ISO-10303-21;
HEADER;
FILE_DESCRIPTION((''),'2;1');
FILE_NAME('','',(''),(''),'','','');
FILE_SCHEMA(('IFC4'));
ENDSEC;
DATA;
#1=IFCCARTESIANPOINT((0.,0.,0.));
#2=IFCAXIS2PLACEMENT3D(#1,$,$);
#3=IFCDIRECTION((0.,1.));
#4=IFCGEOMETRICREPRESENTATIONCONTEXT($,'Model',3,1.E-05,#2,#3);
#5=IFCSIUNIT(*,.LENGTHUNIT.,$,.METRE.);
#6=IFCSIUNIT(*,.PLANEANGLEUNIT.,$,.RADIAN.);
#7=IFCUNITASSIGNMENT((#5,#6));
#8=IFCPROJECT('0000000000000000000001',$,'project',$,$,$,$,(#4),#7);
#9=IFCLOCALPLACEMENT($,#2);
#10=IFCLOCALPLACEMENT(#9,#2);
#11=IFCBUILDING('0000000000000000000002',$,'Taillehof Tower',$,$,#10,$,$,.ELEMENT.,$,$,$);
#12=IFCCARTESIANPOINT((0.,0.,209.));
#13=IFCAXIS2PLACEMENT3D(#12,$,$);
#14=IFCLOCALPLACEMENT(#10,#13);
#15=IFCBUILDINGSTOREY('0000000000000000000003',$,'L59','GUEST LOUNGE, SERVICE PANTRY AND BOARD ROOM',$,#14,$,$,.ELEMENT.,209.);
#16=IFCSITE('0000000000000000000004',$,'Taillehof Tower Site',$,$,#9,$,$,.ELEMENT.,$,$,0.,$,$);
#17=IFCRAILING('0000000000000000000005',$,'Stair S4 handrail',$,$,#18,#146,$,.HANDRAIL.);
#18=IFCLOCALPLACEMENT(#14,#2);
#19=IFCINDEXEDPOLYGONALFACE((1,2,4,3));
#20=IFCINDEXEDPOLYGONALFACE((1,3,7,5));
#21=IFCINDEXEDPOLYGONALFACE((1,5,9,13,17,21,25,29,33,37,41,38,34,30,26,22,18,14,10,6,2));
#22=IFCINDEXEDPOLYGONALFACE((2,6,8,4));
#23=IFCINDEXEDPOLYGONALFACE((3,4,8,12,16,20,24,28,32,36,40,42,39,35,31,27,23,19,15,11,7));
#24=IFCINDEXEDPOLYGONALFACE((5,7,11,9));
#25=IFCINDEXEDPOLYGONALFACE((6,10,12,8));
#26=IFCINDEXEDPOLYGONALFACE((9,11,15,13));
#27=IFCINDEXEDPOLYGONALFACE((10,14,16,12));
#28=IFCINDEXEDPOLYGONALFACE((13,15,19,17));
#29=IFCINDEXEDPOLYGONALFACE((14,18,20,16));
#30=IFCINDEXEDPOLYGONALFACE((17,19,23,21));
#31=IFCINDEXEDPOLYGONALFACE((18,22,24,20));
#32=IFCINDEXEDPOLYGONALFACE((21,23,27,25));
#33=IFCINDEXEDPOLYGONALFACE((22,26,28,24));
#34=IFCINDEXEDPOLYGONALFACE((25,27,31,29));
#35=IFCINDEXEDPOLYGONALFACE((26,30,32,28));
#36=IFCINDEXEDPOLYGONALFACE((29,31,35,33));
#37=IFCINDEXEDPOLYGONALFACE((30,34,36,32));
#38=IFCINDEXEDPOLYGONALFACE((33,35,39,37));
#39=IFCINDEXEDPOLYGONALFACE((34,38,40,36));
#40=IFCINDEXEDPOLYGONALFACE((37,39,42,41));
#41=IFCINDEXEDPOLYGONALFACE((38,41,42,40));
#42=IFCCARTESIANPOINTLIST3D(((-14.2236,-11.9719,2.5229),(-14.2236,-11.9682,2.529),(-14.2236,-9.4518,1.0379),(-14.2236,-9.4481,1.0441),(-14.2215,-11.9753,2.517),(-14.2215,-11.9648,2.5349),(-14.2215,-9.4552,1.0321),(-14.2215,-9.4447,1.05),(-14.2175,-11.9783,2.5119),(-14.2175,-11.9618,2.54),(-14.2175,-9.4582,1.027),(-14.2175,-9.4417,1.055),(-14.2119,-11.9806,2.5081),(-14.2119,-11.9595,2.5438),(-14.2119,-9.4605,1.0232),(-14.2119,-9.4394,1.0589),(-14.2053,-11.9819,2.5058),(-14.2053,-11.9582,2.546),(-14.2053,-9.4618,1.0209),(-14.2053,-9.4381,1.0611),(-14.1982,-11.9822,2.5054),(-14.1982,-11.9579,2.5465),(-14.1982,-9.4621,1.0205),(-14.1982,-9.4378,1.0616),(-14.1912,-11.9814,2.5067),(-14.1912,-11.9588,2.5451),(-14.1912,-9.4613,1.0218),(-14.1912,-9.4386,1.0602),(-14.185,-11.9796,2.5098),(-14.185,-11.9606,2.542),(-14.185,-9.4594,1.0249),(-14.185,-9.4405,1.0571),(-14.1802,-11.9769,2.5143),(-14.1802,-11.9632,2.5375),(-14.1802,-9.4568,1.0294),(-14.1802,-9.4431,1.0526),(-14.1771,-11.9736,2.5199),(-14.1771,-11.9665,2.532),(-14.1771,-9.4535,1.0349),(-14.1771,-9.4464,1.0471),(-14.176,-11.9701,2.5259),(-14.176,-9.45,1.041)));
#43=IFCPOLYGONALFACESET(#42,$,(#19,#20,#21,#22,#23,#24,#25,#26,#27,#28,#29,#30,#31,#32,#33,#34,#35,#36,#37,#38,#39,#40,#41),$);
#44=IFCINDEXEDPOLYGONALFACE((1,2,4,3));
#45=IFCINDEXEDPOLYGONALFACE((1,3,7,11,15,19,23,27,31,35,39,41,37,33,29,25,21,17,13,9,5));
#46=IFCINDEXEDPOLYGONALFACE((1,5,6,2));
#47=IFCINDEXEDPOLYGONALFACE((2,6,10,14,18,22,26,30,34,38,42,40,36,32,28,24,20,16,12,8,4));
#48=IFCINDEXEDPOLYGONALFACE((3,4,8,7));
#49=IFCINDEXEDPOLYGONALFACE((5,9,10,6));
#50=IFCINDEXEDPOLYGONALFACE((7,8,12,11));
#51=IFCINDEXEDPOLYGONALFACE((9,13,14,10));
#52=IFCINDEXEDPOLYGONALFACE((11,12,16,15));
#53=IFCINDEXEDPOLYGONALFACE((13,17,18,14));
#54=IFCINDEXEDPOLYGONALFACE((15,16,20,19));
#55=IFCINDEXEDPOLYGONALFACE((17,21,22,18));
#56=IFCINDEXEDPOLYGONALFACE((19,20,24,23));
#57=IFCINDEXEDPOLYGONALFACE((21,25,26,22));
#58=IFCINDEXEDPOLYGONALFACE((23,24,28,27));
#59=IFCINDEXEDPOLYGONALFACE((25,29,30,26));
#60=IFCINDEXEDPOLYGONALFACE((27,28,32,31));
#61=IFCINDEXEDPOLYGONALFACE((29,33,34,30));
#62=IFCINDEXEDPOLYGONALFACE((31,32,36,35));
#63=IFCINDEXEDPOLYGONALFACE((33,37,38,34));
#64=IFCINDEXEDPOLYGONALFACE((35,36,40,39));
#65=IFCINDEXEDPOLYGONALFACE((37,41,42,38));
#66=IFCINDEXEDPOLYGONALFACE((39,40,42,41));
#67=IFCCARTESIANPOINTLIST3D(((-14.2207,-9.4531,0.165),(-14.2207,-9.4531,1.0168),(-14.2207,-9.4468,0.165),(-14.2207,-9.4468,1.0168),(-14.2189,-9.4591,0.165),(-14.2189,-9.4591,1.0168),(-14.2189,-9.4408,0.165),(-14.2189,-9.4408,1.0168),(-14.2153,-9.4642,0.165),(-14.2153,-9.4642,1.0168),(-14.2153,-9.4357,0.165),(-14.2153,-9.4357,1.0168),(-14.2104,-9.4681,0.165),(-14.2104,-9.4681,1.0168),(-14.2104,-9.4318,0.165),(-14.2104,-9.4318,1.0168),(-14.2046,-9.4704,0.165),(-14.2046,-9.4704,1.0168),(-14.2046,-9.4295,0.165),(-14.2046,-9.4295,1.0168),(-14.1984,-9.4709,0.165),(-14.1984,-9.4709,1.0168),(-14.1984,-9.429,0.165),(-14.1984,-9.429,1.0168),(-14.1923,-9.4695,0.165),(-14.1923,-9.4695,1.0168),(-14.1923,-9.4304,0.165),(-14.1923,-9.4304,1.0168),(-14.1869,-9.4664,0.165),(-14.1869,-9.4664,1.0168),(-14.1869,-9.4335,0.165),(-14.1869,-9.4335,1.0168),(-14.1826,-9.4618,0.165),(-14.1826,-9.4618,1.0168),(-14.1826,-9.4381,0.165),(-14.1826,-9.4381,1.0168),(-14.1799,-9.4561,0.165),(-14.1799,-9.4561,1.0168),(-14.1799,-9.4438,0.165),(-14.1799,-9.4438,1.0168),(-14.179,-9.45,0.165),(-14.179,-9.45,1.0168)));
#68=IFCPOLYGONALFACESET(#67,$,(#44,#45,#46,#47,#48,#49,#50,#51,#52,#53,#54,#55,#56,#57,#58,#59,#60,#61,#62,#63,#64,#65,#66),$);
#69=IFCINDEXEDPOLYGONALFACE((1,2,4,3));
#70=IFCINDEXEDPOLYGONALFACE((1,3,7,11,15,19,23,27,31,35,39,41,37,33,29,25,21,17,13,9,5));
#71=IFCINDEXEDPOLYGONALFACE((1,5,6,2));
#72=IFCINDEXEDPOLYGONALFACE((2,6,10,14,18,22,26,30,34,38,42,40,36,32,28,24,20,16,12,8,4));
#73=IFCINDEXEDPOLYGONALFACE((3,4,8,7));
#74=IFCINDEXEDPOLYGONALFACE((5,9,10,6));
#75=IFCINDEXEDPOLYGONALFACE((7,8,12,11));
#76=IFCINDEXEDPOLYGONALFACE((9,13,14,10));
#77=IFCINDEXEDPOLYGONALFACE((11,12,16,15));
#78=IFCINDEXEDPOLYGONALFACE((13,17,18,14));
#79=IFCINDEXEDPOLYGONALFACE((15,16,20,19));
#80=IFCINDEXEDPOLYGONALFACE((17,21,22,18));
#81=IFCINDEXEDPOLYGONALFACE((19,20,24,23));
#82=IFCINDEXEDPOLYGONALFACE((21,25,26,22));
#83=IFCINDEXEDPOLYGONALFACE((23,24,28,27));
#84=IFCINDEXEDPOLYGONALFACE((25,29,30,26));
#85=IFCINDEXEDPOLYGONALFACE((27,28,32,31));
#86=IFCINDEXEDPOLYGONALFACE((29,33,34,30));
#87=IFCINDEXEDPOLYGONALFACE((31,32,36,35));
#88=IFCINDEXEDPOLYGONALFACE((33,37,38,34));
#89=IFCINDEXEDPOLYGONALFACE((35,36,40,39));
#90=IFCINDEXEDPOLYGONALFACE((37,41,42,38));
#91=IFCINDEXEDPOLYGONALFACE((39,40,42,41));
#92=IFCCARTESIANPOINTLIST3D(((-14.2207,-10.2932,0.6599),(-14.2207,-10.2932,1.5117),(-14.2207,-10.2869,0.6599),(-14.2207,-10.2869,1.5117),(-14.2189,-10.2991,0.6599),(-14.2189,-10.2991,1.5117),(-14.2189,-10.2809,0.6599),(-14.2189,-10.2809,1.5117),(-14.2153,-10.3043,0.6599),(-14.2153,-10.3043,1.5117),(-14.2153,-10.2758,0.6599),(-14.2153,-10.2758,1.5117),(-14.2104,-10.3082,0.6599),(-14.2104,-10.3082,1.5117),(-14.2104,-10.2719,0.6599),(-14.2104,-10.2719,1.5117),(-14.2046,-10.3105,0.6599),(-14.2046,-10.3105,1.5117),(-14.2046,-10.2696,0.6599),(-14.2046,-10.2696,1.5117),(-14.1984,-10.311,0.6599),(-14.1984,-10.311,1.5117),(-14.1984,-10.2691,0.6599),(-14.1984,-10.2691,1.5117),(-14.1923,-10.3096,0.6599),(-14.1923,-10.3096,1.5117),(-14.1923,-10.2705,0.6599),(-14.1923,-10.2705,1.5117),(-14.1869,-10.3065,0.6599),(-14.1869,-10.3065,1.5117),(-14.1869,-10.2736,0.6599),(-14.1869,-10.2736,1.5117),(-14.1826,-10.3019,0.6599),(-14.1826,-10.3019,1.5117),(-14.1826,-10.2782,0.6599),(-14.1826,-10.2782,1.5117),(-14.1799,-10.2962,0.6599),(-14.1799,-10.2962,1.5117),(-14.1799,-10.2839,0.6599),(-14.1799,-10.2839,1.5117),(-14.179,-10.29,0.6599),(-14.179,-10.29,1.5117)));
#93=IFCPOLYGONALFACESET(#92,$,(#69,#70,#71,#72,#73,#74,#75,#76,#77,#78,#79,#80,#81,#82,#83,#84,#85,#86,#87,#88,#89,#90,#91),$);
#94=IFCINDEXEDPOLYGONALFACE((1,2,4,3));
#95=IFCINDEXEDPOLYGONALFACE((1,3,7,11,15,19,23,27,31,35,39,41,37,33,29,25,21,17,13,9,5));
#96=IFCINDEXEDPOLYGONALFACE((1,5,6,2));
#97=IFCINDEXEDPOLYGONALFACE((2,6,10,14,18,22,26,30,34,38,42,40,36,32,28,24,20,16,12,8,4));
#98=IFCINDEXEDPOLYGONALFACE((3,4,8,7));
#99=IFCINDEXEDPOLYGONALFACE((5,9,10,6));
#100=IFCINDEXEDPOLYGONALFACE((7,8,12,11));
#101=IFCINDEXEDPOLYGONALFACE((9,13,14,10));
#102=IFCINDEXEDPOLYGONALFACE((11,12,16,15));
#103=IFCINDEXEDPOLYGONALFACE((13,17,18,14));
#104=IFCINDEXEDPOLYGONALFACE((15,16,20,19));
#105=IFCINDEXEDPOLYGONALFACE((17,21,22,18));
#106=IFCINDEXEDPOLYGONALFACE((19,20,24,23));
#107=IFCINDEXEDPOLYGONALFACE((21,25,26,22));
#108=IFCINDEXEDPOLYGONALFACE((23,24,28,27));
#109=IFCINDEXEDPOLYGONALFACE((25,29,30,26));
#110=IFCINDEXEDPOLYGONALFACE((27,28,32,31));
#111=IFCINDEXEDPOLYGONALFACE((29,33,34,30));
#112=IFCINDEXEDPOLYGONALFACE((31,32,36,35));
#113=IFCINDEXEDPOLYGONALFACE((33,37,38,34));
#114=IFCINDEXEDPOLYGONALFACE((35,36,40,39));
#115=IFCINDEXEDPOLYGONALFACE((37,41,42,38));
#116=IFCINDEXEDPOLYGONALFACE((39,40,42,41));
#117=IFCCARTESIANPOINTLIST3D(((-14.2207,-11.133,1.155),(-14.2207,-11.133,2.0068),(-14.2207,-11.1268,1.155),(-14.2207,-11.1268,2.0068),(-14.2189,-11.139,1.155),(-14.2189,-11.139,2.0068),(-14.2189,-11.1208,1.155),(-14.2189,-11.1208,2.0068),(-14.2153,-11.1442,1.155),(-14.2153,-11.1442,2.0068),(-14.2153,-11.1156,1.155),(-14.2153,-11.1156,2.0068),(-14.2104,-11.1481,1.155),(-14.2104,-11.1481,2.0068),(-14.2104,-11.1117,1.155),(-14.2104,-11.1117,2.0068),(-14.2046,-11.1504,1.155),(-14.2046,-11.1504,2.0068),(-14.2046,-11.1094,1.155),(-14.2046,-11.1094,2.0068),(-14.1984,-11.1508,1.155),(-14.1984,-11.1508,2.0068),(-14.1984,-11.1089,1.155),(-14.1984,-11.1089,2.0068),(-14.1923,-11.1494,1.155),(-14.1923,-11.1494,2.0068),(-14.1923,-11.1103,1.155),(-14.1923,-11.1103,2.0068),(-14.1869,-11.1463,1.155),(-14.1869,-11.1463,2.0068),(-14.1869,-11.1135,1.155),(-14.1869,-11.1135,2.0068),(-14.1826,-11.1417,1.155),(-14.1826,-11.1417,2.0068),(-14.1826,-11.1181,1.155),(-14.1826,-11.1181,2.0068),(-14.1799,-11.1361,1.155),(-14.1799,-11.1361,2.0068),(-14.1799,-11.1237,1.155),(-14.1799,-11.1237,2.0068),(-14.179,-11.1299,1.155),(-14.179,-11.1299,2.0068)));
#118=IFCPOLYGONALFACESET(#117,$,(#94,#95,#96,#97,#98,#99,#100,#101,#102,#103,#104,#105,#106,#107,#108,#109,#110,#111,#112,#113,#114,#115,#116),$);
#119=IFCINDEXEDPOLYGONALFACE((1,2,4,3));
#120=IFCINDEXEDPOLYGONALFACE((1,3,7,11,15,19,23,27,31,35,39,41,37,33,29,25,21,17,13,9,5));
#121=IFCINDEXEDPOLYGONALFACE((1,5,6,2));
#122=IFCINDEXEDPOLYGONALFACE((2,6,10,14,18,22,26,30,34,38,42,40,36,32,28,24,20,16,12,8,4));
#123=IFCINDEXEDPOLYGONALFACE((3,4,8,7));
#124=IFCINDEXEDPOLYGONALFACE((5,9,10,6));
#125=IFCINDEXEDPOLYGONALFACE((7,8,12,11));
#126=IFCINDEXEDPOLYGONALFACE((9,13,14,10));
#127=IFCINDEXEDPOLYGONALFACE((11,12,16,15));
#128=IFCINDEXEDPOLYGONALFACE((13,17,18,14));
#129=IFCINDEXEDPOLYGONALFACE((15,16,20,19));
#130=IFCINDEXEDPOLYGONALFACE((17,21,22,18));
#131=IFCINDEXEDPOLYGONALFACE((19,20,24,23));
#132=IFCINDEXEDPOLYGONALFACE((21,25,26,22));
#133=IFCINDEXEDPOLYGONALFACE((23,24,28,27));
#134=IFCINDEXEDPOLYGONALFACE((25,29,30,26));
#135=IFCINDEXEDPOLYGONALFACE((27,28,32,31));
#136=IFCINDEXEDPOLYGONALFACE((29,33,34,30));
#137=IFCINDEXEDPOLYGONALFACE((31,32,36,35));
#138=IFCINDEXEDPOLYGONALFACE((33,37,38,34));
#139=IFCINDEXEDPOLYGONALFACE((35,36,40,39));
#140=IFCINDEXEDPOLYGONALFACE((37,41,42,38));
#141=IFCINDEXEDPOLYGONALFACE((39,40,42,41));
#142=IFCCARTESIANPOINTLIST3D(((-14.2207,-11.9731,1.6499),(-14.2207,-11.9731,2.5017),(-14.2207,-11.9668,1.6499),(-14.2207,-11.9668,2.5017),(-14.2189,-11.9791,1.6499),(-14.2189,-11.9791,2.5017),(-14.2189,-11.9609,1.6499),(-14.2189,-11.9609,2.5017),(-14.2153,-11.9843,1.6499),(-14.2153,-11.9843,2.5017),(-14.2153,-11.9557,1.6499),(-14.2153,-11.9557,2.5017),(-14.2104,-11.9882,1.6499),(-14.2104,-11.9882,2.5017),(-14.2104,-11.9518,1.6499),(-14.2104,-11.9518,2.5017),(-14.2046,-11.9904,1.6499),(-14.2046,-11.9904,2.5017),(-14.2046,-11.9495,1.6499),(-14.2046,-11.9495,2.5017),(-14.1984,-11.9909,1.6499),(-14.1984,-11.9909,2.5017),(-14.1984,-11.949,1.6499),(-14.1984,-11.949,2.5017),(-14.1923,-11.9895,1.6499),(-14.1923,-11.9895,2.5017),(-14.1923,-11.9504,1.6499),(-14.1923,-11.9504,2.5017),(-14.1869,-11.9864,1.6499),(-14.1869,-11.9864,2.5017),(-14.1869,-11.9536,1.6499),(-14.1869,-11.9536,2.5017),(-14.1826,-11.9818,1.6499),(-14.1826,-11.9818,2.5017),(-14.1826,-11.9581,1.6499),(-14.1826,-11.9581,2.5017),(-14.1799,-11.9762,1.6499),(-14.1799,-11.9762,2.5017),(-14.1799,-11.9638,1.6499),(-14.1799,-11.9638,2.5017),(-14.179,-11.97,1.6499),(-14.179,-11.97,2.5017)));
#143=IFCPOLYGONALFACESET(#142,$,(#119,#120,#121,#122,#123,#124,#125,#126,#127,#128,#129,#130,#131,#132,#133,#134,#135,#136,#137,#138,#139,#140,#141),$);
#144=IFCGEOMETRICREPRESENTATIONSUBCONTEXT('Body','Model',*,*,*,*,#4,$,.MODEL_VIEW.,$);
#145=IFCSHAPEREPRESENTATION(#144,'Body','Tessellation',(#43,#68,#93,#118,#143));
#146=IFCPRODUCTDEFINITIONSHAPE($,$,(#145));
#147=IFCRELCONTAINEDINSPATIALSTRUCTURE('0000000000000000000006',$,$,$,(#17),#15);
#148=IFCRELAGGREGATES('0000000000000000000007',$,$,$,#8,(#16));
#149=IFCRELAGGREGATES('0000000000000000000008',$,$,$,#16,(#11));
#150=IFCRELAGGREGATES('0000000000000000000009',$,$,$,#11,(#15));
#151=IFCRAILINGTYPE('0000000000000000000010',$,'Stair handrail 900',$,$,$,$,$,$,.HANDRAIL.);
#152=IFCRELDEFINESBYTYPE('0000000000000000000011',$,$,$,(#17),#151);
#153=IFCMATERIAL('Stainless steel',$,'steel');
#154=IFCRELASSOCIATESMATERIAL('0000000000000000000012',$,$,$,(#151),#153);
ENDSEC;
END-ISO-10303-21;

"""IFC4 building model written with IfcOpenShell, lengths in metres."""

from ifc_helpers import new_model, si_unit, direction, frame, origin, origin_2d, place, context, subcontext, project, spatial, circle, extrude, material, type_object, element, save


model = new_model("IFC4")

# Units and contexts
model_context = context("Model", 3, precision=1e-05, world=origin(), true_north=direction((0.0, 1.0)))
body_context = subcontext(model_context, "Body", "Model", "MODEL_VIEW")
ifc_project = project(units=[si_unit("LENGTHUNIT", "METRE"), si_unit("PLANEANGLEUNIT", "RADIAN")], contexts=[model_context])

# Site, building, storey
site_placement = place(None, origin())
site = spatial("IfcSite", under=ifc_project, at=site_placement, Name="Taillehof Tower Site", CompositionType="ELEMENT", RefElevation=0.0)
building_placement = place(site_placement, origin())
building = spatial("IfcBuilding", under=site, at=building_placement, Name="Taillehof Tower", CompositionType="ELEMENT")
storey_placement = place(building_placement, frame((0.0, 0.0, 209.0)))
storey = spatial("IfcBuildingStorey", under=building, at=storey_placement, Name="L59", Description="GUEST LOUNGE, SERVICE PANTRY AND BOARD ROOM", CompositionType="ELEMENT", Elevation=209.0)

# Railing
ifc_material_1 = material(Name="Stainless steel", Category="steel")
railing_type_1 = type_object("IfcRailingType", Name="Stair handrail 900", PredefinedType="HANDRAIL", material=ifc_material_1)
railing_1_placement = place(storey_placement, frame((-14.2, -9.45, 0.165)))
element("IfcRailing", 1, at=railing_1_placement, inside=storey, type_object=railing_type_1, Name="Stair S4 handrail", PredefinedType="HANDRAIL", context=body_context, shape_type="SweptSolid", body=[
    extrude(circle(Radius=0.0239, at=origin_2d()), frame((0.0, 0.0, 0.876), z_axis=(0.0, -0.861561, 0.507655), x_axis=(1.0, 0.0, 0.0)), (0.0, 0.0, 1.0), 2.925),
    extrude(circle(Radius=0.021, at=origin_2d()), origin(), (0.0, 0.0, 1.0), 0.8518),
    extrude(circle(Radius=0.021, at=origin_2d()), frame((0.0, -0.8401, 0.4949)), (0.0, 0.0, 1.0), 0.8518),
    extrude(circle(Radius=0.021, at=origin_2d()), frame((0.0, -1.6799, 0.99)), (0.0, 0.0, 1.0), 0.8518),
    extrude(circle(Radius=0.021, at=origin_2d()), frame((0.0, -2.52, 1.4849)), (0.0, 0.0, 1.0), 0.8518),
])

save(model, "model.ifc")
